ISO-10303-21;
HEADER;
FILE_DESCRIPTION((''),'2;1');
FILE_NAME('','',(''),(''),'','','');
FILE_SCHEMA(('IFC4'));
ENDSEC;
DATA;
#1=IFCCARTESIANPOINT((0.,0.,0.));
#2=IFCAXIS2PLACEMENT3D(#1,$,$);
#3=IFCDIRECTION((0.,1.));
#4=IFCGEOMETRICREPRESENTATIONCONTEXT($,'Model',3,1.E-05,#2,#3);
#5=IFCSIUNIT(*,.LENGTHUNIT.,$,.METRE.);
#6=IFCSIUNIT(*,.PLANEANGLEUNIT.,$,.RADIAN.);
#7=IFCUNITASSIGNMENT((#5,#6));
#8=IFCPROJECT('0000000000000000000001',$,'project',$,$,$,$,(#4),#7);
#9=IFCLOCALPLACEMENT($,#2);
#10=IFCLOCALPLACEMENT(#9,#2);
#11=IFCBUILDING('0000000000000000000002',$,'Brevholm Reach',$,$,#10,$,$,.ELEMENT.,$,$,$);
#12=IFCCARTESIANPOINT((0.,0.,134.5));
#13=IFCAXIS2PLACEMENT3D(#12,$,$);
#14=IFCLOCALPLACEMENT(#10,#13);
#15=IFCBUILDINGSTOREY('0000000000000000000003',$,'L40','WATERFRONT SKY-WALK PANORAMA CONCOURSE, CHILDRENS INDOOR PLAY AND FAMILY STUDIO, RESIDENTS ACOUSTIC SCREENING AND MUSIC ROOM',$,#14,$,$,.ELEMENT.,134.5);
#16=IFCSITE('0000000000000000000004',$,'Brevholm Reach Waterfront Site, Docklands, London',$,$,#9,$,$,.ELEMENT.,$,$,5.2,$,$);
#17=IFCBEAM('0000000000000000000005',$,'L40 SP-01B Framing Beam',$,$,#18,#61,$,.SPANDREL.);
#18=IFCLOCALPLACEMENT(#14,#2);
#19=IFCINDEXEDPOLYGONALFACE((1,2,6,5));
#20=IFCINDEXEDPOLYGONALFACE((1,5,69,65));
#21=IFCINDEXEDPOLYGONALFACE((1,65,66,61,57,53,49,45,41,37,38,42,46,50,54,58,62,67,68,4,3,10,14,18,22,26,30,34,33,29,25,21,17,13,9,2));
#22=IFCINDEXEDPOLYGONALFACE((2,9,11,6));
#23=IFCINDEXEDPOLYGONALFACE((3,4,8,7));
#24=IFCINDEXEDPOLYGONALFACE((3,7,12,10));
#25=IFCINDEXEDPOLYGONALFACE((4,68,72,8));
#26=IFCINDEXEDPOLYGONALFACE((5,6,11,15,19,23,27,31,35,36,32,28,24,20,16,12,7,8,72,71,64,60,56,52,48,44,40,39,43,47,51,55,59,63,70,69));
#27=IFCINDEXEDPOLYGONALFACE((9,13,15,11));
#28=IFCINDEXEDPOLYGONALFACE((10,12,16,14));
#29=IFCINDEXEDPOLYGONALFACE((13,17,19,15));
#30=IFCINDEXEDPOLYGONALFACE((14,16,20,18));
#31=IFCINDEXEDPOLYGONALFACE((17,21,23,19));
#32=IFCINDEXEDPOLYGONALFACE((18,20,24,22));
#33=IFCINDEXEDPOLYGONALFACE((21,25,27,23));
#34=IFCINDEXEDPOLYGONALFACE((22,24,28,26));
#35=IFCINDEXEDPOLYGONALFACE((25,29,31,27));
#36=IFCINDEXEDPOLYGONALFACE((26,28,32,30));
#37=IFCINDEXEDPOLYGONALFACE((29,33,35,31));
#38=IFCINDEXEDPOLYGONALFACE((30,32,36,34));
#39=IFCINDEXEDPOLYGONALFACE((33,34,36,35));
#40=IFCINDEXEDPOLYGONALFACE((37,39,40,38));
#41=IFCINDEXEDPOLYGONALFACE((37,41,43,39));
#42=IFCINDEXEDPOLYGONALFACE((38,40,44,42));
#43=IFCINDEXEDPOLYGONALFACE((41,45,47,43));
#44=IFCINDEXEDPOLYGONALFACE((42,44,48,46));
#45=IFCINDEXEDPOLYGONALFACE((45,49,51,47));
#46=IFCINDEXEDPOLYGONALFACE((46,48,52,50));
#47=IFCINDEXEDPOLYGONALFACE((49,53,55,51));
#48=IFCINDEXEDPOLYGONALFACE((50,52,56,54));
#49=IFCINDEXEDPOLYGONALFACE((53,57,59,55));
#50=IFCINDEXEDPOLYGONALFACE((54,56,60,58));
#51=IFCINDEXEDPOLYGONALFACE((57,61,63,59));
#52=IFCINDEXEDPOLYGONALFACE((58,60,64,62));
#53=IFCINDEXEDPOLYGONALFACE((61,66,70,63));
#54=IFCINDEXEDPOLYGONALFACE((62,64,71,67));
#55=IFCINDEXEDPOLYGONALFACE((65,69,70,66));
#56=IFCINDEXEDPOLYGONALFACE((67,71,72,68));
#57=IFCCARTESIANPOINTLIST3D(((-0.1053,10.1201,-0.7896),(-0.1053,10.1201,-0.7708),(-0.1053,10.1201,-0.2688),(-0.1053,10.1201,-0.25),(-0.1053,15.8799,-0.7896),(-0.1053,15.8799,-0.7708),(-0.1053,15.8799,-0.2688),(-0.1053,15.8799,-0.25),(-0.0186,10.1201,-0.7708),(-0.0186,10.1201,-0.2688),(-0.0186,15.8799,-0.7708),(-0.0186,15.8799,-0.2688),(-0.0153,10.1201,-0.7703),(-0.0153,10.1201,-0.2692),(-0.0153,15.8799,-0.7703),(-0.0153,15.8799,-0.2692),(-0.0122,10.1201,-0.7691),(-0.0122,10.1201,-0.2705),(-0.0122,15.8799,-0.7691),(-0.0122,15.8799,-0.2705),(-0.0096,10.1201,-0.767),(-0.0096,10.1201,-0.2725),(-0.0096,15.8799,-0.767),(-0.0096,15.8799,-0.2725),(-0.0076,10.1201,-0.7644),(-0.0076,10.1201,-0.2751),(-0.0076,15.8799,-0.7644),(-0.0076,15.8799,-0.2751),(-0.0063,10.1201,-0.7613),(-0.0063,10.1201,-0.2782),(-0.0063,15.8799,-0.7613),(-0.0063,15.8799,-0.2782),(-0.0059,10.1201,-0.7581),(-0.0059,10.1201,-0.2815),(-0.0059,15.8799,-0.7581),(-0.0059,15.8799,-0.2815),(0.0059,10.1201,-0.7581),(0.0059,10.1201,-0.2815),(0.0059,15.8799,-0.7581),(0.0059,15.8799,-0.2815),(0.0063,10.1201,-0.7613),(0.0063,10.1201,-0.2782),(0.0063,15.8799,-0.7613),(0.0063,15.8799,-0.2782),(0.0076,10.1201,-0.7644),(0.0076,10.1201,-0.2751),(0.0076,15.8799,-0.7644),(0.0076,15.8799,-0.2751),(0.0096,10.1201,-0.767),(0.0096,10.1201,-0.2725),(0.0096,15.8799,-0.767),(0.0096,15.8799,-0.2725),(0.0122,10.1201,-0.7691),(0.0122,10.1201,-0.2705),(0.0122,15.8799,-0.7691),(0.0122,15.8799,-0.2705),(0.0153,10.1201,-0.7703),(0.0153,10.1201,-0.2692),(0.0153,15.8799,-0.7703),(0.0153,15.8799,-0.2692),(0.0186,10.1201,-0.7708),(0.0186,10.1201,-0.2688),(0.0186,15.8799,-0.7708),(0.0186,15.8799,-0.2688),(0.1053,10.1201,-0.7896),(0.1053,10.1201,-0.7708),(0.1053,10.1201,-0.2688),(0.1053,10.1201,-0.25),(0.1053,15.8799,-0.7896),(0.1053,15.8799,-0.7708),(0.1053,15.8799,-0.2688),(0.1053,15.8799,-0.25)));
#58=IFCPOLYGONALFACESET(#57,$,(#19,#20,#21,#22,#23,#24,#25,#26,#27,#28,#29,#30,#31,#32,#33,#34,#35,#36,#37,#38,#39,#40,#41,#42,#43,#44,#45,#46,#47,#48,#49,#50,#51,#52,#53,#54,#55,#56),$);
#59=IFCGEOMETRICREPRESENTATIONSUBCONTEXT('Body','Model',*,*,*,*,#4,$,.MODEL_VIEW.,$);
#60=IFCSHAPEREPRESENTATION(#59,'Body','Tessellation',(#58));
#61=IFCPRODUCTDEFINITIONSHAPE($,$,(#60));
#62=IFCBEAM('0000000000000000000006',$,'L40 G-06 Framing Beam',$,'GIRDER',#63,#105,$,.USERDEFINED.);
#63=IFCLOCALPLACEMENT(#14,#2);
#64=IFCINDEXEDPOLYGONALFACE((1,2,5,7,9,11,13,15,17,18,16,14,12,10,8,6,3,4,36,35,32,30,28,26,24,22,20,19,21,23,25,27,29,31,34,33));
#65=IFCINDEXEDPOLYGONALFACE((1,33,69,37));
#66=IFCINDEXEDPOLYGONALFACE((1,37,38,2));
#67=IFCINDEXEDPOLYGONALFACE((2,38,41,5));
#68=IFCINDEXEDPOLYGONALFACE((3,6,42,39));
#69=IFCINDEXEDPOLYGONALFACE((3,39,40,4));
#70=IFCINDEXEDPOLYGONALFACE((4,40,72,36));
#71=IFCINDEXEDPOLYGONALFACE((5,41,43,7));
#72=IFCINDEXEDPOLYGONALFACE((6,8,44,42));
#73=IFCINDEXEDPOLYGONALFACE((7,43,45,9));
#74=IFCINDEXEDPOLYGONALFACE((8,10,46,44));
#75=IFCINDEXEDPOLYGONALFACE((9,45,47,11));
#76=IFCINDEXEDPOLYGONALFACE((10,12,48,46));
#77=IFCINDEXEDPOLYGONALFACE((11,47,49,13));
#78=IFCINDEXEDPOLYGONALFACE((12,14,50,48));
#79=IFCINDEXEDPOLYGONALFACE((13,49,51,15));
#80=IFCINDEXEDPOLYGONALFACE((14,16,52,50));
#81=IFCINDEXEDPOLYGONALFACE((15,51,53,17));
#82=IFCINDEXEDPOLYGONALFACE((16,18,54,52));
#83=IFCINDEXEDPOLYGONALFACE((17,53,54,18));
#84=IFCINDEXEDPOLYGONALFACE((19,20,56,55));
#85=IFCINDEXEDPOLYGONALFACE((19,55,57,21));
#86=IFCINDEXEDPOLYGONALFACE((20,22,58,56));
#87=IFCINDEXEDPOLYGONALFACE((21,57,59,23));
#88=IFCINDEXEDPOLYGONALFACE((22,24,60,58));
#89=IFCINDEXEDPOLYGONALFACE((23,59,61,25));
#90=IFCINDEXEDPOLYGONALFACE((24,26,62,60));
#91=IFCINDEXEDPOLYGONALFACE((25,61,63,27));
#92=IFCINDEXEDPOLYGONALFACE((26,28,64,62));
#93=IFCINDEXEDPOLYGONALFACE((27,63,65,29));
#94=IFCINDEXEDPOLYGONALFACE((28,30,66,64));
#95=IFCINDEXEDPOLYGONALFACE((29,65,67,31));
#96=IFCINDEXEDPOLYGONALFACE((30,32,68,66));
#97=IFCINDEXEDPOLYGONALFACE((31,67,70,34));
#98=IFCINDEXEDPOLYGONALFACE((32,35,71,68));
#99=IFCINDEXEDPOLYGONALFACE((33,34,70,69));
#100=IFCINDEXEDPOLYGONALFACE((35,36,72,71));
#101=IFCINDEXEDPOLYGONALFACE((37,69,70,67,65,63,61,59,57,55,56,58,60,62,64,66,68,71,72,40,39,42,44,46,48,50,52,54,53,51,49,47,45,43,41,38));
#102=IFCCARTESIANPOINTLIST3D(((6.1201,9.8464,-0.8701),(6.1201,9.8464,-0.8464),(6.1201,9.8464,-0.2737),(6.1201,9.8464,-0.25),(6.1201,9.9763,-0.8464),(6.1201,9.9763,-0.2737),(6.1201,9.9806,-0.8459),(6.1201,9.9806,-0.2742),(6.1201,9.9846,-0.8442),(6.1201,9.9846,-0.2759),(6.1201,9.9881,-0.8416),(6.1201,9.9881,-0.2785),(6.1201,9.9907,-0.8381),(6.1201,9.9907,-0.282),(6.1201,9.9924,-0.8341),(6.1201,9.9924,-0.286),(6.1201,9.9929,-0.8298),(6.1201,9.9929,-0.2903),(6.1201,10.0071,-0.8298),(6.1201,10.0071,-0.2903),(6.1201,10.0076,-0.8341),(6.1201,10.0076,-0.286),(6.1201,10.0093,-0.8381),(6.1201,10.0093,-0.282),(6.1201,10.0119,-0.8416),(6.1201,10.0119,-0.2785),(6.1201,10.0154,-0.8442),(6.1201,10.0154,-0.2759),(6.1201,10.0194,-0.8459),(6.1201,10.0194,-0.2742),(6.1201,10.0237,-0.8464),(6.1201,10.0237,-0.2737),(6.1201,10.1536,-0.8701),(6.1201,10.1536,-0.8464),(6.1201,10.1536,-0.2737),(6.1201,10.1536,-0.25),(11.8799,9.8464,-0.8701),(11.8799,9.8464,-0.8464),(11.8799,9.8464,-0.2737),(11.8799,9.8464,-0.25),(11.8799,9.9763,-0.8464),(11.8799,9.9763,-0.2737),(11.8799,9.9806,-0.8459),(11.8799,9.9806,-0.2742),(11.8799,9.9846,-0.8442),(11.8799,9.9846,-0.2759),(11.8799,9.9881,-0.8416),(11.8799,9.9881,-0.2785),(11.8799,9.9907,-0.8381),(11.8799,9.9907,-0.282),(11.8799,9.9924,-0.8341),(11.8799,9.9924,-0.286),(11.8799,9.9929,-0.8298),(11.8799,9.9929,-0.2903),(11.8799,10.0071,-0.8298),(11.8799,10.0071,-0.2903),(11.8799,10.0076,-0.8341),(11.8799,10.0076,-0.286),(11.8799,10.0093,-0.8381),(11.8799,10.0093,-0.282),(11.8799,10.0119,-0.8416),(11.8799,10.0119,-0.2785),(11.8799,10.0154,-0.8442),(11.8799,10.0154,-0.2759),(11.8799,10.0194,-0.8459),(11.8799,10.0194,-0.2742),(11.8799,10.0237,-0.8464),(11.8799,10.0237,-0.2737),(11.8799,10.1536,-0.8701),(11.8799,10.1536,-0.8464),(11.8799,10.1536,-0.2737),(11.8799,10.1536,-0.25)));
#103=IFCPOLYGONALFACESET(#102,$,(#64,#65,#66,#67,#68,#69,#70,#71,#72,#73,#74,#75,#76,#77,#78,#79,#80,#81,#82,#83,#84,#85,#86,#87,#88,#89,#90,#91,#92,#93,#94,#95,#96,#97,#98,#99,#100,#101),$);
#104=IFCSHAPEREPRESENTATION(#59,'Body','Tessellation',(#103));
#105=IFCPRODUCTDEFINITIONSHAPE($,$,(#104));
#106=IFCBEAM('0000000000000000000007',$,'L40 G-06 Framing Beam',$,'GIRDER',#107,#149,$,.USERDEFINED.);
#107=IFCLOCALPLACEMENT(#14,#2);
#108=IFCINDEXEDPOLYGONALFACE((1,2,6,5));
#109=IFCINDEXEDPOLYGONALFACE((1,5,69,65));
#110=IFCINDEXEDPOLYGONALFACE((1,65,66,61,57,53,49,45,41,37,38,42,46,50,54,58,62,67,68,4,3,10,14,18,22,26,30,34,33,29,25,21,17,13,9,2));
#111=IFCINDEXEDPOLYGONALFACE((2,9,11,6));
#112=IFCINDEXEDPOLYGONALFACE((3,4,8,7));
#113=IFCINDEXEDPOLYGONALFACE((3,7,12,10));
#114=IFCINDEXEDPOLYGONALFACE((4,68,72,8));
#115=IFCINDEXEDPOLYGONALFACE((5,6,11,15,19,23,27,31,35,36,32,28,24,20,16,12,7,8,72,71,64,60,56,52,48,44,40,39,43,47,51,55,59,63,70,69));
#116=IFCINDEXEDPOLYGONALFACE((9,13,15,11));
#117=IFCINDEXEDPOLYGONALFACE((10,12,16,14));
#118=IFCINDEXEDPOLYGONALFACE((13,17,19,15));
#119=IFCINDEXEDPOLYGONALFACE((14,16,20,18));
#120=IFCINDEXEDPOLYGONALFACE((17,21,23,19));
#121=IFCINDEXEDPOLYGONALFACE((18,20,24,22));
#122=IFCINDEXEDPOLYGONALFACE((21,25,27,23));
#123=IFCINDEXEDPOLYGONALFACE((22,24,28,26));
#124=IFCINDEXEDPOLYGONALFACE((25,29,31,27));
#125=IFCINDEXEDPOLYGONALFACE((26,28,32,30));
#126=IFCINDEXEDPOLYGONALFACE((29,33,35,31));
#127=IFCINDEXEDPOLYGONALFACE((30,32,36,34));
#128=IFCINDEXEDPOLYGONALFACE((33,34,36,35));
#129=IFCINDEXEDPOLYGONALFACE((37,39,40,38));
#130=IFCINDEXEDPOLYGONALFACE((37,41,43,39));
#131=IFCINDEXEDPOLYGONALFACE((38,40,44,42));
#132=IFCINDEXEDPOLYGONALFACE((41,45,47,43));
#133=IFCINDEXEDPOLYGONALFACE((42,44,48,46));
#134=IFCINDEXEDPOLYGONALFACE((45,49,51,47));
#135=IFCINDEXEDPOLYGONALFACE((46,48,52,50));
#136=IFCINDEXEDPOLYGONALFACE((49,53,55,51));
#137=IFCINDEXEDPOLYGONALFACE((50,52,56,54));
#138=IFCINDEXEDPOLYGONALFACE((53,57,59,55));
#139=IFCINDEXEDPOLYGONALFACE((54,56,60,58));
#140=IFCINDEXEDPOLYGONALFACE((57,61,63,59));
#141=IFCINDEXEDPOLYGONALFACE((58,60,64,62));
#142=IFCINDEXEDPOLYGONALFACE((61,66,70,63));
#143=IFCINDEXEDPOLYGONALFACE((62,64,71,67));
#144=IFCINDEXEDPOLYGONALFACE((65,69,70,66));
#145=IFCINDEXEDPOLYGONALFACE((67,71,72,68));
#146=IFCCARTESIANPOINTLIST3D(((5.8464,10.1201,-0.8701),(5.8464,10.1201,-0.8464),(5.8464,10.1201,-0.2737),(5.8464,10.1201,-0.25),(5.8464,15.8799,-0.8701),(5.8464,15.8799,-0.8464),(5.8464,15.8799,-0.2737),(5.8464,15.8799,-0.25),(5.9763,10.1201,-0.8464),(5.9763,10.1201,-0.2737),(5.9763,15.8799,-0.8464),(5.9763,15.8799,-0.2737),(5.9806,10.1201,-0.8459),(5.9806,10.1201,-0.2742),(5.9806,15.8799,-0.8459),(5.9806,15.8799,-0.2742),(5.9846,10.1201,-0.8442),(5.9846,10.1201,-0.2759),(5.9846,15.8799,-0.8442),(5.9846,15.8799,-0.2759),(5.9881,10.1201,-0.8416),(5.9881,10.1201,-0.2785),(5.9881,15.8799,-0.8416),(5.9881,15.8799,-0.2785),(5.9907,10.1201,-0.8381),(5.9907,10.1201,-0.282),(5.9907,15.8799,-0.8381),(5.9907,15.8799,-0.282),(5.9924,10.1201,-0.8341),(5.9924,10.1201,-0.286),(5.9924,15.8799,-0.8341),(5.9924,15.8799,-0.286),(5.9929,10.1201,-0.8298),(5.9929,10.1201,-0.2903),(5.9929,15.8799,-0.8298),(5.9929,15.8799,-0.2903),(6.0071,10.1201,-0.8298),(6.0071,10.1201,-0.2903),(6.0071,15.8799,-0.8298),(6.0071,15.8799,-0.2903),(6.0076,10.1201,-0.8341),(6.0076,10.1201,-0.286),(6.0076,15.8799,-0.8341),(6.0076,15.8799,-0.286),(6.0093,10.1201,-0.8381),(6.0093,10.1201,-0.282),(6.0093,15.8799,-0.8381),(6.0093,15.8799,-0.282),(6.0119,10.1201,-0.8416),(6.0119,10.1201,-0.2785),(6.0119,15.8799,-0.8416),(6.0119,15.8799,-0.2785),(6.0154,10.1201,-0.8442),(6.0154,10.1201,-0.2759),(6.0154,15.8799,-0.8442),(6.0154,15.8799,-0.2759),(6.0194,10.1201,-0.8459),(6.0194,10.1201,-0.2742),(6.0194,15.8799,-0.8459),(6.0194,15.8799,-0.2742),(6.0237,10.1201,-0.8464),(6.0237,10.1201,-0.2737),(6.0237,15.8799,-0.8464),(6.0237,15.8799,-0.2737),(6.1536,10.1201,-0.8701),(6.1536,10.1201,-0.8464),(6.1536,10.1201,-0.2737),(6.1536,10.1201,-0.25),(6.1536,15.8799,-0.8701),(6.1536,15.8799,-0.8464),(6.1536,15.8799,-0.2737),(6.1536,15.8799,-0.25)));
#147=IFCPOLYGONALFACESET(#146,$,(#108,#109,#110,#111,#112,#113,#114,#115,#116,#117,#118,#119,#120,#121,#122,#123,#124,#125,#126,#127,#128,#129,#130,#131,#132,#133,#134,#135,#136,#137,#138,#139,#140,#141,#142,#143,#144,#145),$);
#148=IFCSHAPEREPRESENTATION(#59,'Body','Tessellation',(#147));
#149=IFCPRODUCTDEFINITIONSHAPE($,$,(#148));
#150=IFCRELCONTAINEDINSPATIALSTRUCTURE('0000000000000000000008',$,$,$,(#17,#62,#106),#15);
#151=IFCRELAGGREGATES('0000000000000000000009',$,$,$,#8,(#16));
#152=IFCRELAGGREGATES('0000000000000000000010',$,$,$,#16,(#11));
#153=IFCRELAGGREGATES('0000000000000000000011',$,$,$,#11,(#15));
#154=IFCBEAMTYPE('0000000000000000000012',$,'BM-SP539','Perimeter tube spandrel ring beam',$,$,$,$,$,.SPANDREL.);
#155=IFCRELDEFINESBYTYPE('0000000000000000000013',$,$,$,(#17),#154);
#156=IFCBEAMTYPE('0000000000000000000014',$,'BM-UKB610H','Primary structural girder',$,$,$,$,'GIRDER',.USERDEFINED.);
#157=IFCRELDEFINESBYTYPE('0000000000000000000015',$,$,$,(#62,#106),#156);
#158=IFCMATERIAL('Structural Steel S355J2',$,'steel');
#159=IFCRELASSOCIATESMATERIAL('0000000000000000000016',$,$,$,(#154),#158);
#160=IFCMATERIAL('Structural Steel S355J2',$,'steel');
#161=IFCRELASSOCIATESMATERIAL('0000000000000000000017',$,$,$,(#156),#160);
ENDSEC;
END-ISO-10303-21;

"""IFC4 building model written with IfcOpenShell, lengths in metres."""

from ifc_helpers import new_model, si_unit, direction, frame, origin, origin_2d, place, context, subcontext, project, spatial, i_section, extrude, material, material_profile, profile_set, type_object, element, save


model = new_model("IFC4")

# Units and contexts
model_context = context("Model", 3, precision=1e-05, world=origin(), true_north=direction((0.0, 1.0)))
body_context = subcontext(model_context, "Body", "Model", "MODEL_VIEW")
ifc_project = project(units=[si_unit("LENGTHUNIT", "METRE"), si_unit("PLANEANGLEUNIT", "RADIAN")], contexts=[model_context])

# Site, building, storey
site_placement = place(None, origin())
site = spatial("IfcSite", under=ifc_project, at=site_placement, Name="Brevholm Reach Waterfront Site, Docklands, London", CompositionType="ELEMENT", RefElevation=5.2)
building_placement = place(site_placement, origin())
building = spatial("IfcBuilding", under=site, at=building_placement, Name="Brevholm Reach", CompositionType="ELEMENT")
storey_placement = place(building_placement, frame((0.0, 0.0, 134.5)))
storey = spatial("IfcBuildingStorey", under=building, at=storey_placement, Name="L40", Description="WATERFRONT SKY-WALK PANORAMA CONCOURSE, CHILDRENS INDOOR PLAY AND FAMILY STUDIO, RESIDENTS ACOUSTIC SCREENING AND MUSIC ROOM", CompositionType="ELEMENT", Elevation=134.5)

# Beams
ifc_material_1 = material(Name="Structural Steel S355J2", Category="steel")
ifc_material_profile_1 = material_profile(ifc_material_1, i_section(OverallWidth=0.2107, OverallDepth=0.5396, WebThickness=0.0117, FlangeThickness=0.0188, FilletRadius=0.0127, at=origin_2d()), Name="UKB 533x210x109")
ifc_profile_set_1 = profile_set([ifc_material_profile_1], Name="Structural Steel S355J2")
beam_type_1 = type_object("IfcBeamType", Name="BM-SP539", Description="Perimeter tube spandrel ring beam", PredefinedType="SPANDREL", material=ifc_profile_set_1)
beam_placement = place(storey_placement, frame((0.0, 10.1201, -0.5198), z_axis=(0.0, 1.0, 0.0), x_axis=(-1.0, 0.0, 0.0)))
element("IfcBeam", 1, at=beam_placement, inside=storey, type_object=beam_type_1, Name="L40 SP-01B Framing Beam", PredefinedType="SPANDREL", context=body_context, shape_type="SweptSolid", body=[
    extrude(i_section(OverallWidth=0.2107, OverallDepth=0.5396, WebThickness=0.0117, FlangeThickness=0.0188, FilletRadius=0.0127, at=origin_2d()), origin(), (0.0, 0.0, 1.0), 5.7598),
])
ifc_material_2 = material(Name="Structural Steel S355J2", Category="steel")
ifc_material_profile_2 = material_profile(ifc_material_2, i_section(OverallWidth=0.3071, OverallDepth=0.6201, WebThickness=0.0142, FlangeThickness=0.0237, FilletRadius=0.0166, at=origin_2d()), Name="UKB 610x305x179")
ifc_profile_set_2 = profile_set([ifc_material_profile_2], Name="Structural Steel S355J2")
beam_type_2 = type_object("IfcBeamType", Name="BM-UKB610H", Description="Primary structural girder", ElementType="GIRDER", PredefinedType="USERDEFINED", material=ifc_profile_set_2)
for number, where, z_axis, x_axis, name in (
    (2, (6.1201, 10.0, -0.5601), (1.0, 0.0, 0.0), (0.0, 1.0, 0.0), "L40 G-06 Framing Beam"),
    (3, (6.0, 10.1201, -0.5601), (0.0, 1.0, 0.0), (-1.0, 0.0, 0.0), "L40 G-06 Framing Beam"),
):
    element("IfcBeam", number, at=place(storey_placement, frame(where, z_axis=z_axis, x_axis=x_axis)), inside=storey, type_object=beam_type_2, Name=name, ObjectType="GIRDER", PredefinedType="USERDEFINED", context=body_context, shape_type="SweptSolid", body=[
        extrude(i_section(OverallWidth=0.3071, OverallDepth=0.6201, WebThickness=0.0142, FlangeThickness=0.0237, FilletRadius=0.0166, at=origin_2d()), origin(), (0.0, 0.0, 1.0), 5.7598),
    ])

save(model, "model.ifc")
